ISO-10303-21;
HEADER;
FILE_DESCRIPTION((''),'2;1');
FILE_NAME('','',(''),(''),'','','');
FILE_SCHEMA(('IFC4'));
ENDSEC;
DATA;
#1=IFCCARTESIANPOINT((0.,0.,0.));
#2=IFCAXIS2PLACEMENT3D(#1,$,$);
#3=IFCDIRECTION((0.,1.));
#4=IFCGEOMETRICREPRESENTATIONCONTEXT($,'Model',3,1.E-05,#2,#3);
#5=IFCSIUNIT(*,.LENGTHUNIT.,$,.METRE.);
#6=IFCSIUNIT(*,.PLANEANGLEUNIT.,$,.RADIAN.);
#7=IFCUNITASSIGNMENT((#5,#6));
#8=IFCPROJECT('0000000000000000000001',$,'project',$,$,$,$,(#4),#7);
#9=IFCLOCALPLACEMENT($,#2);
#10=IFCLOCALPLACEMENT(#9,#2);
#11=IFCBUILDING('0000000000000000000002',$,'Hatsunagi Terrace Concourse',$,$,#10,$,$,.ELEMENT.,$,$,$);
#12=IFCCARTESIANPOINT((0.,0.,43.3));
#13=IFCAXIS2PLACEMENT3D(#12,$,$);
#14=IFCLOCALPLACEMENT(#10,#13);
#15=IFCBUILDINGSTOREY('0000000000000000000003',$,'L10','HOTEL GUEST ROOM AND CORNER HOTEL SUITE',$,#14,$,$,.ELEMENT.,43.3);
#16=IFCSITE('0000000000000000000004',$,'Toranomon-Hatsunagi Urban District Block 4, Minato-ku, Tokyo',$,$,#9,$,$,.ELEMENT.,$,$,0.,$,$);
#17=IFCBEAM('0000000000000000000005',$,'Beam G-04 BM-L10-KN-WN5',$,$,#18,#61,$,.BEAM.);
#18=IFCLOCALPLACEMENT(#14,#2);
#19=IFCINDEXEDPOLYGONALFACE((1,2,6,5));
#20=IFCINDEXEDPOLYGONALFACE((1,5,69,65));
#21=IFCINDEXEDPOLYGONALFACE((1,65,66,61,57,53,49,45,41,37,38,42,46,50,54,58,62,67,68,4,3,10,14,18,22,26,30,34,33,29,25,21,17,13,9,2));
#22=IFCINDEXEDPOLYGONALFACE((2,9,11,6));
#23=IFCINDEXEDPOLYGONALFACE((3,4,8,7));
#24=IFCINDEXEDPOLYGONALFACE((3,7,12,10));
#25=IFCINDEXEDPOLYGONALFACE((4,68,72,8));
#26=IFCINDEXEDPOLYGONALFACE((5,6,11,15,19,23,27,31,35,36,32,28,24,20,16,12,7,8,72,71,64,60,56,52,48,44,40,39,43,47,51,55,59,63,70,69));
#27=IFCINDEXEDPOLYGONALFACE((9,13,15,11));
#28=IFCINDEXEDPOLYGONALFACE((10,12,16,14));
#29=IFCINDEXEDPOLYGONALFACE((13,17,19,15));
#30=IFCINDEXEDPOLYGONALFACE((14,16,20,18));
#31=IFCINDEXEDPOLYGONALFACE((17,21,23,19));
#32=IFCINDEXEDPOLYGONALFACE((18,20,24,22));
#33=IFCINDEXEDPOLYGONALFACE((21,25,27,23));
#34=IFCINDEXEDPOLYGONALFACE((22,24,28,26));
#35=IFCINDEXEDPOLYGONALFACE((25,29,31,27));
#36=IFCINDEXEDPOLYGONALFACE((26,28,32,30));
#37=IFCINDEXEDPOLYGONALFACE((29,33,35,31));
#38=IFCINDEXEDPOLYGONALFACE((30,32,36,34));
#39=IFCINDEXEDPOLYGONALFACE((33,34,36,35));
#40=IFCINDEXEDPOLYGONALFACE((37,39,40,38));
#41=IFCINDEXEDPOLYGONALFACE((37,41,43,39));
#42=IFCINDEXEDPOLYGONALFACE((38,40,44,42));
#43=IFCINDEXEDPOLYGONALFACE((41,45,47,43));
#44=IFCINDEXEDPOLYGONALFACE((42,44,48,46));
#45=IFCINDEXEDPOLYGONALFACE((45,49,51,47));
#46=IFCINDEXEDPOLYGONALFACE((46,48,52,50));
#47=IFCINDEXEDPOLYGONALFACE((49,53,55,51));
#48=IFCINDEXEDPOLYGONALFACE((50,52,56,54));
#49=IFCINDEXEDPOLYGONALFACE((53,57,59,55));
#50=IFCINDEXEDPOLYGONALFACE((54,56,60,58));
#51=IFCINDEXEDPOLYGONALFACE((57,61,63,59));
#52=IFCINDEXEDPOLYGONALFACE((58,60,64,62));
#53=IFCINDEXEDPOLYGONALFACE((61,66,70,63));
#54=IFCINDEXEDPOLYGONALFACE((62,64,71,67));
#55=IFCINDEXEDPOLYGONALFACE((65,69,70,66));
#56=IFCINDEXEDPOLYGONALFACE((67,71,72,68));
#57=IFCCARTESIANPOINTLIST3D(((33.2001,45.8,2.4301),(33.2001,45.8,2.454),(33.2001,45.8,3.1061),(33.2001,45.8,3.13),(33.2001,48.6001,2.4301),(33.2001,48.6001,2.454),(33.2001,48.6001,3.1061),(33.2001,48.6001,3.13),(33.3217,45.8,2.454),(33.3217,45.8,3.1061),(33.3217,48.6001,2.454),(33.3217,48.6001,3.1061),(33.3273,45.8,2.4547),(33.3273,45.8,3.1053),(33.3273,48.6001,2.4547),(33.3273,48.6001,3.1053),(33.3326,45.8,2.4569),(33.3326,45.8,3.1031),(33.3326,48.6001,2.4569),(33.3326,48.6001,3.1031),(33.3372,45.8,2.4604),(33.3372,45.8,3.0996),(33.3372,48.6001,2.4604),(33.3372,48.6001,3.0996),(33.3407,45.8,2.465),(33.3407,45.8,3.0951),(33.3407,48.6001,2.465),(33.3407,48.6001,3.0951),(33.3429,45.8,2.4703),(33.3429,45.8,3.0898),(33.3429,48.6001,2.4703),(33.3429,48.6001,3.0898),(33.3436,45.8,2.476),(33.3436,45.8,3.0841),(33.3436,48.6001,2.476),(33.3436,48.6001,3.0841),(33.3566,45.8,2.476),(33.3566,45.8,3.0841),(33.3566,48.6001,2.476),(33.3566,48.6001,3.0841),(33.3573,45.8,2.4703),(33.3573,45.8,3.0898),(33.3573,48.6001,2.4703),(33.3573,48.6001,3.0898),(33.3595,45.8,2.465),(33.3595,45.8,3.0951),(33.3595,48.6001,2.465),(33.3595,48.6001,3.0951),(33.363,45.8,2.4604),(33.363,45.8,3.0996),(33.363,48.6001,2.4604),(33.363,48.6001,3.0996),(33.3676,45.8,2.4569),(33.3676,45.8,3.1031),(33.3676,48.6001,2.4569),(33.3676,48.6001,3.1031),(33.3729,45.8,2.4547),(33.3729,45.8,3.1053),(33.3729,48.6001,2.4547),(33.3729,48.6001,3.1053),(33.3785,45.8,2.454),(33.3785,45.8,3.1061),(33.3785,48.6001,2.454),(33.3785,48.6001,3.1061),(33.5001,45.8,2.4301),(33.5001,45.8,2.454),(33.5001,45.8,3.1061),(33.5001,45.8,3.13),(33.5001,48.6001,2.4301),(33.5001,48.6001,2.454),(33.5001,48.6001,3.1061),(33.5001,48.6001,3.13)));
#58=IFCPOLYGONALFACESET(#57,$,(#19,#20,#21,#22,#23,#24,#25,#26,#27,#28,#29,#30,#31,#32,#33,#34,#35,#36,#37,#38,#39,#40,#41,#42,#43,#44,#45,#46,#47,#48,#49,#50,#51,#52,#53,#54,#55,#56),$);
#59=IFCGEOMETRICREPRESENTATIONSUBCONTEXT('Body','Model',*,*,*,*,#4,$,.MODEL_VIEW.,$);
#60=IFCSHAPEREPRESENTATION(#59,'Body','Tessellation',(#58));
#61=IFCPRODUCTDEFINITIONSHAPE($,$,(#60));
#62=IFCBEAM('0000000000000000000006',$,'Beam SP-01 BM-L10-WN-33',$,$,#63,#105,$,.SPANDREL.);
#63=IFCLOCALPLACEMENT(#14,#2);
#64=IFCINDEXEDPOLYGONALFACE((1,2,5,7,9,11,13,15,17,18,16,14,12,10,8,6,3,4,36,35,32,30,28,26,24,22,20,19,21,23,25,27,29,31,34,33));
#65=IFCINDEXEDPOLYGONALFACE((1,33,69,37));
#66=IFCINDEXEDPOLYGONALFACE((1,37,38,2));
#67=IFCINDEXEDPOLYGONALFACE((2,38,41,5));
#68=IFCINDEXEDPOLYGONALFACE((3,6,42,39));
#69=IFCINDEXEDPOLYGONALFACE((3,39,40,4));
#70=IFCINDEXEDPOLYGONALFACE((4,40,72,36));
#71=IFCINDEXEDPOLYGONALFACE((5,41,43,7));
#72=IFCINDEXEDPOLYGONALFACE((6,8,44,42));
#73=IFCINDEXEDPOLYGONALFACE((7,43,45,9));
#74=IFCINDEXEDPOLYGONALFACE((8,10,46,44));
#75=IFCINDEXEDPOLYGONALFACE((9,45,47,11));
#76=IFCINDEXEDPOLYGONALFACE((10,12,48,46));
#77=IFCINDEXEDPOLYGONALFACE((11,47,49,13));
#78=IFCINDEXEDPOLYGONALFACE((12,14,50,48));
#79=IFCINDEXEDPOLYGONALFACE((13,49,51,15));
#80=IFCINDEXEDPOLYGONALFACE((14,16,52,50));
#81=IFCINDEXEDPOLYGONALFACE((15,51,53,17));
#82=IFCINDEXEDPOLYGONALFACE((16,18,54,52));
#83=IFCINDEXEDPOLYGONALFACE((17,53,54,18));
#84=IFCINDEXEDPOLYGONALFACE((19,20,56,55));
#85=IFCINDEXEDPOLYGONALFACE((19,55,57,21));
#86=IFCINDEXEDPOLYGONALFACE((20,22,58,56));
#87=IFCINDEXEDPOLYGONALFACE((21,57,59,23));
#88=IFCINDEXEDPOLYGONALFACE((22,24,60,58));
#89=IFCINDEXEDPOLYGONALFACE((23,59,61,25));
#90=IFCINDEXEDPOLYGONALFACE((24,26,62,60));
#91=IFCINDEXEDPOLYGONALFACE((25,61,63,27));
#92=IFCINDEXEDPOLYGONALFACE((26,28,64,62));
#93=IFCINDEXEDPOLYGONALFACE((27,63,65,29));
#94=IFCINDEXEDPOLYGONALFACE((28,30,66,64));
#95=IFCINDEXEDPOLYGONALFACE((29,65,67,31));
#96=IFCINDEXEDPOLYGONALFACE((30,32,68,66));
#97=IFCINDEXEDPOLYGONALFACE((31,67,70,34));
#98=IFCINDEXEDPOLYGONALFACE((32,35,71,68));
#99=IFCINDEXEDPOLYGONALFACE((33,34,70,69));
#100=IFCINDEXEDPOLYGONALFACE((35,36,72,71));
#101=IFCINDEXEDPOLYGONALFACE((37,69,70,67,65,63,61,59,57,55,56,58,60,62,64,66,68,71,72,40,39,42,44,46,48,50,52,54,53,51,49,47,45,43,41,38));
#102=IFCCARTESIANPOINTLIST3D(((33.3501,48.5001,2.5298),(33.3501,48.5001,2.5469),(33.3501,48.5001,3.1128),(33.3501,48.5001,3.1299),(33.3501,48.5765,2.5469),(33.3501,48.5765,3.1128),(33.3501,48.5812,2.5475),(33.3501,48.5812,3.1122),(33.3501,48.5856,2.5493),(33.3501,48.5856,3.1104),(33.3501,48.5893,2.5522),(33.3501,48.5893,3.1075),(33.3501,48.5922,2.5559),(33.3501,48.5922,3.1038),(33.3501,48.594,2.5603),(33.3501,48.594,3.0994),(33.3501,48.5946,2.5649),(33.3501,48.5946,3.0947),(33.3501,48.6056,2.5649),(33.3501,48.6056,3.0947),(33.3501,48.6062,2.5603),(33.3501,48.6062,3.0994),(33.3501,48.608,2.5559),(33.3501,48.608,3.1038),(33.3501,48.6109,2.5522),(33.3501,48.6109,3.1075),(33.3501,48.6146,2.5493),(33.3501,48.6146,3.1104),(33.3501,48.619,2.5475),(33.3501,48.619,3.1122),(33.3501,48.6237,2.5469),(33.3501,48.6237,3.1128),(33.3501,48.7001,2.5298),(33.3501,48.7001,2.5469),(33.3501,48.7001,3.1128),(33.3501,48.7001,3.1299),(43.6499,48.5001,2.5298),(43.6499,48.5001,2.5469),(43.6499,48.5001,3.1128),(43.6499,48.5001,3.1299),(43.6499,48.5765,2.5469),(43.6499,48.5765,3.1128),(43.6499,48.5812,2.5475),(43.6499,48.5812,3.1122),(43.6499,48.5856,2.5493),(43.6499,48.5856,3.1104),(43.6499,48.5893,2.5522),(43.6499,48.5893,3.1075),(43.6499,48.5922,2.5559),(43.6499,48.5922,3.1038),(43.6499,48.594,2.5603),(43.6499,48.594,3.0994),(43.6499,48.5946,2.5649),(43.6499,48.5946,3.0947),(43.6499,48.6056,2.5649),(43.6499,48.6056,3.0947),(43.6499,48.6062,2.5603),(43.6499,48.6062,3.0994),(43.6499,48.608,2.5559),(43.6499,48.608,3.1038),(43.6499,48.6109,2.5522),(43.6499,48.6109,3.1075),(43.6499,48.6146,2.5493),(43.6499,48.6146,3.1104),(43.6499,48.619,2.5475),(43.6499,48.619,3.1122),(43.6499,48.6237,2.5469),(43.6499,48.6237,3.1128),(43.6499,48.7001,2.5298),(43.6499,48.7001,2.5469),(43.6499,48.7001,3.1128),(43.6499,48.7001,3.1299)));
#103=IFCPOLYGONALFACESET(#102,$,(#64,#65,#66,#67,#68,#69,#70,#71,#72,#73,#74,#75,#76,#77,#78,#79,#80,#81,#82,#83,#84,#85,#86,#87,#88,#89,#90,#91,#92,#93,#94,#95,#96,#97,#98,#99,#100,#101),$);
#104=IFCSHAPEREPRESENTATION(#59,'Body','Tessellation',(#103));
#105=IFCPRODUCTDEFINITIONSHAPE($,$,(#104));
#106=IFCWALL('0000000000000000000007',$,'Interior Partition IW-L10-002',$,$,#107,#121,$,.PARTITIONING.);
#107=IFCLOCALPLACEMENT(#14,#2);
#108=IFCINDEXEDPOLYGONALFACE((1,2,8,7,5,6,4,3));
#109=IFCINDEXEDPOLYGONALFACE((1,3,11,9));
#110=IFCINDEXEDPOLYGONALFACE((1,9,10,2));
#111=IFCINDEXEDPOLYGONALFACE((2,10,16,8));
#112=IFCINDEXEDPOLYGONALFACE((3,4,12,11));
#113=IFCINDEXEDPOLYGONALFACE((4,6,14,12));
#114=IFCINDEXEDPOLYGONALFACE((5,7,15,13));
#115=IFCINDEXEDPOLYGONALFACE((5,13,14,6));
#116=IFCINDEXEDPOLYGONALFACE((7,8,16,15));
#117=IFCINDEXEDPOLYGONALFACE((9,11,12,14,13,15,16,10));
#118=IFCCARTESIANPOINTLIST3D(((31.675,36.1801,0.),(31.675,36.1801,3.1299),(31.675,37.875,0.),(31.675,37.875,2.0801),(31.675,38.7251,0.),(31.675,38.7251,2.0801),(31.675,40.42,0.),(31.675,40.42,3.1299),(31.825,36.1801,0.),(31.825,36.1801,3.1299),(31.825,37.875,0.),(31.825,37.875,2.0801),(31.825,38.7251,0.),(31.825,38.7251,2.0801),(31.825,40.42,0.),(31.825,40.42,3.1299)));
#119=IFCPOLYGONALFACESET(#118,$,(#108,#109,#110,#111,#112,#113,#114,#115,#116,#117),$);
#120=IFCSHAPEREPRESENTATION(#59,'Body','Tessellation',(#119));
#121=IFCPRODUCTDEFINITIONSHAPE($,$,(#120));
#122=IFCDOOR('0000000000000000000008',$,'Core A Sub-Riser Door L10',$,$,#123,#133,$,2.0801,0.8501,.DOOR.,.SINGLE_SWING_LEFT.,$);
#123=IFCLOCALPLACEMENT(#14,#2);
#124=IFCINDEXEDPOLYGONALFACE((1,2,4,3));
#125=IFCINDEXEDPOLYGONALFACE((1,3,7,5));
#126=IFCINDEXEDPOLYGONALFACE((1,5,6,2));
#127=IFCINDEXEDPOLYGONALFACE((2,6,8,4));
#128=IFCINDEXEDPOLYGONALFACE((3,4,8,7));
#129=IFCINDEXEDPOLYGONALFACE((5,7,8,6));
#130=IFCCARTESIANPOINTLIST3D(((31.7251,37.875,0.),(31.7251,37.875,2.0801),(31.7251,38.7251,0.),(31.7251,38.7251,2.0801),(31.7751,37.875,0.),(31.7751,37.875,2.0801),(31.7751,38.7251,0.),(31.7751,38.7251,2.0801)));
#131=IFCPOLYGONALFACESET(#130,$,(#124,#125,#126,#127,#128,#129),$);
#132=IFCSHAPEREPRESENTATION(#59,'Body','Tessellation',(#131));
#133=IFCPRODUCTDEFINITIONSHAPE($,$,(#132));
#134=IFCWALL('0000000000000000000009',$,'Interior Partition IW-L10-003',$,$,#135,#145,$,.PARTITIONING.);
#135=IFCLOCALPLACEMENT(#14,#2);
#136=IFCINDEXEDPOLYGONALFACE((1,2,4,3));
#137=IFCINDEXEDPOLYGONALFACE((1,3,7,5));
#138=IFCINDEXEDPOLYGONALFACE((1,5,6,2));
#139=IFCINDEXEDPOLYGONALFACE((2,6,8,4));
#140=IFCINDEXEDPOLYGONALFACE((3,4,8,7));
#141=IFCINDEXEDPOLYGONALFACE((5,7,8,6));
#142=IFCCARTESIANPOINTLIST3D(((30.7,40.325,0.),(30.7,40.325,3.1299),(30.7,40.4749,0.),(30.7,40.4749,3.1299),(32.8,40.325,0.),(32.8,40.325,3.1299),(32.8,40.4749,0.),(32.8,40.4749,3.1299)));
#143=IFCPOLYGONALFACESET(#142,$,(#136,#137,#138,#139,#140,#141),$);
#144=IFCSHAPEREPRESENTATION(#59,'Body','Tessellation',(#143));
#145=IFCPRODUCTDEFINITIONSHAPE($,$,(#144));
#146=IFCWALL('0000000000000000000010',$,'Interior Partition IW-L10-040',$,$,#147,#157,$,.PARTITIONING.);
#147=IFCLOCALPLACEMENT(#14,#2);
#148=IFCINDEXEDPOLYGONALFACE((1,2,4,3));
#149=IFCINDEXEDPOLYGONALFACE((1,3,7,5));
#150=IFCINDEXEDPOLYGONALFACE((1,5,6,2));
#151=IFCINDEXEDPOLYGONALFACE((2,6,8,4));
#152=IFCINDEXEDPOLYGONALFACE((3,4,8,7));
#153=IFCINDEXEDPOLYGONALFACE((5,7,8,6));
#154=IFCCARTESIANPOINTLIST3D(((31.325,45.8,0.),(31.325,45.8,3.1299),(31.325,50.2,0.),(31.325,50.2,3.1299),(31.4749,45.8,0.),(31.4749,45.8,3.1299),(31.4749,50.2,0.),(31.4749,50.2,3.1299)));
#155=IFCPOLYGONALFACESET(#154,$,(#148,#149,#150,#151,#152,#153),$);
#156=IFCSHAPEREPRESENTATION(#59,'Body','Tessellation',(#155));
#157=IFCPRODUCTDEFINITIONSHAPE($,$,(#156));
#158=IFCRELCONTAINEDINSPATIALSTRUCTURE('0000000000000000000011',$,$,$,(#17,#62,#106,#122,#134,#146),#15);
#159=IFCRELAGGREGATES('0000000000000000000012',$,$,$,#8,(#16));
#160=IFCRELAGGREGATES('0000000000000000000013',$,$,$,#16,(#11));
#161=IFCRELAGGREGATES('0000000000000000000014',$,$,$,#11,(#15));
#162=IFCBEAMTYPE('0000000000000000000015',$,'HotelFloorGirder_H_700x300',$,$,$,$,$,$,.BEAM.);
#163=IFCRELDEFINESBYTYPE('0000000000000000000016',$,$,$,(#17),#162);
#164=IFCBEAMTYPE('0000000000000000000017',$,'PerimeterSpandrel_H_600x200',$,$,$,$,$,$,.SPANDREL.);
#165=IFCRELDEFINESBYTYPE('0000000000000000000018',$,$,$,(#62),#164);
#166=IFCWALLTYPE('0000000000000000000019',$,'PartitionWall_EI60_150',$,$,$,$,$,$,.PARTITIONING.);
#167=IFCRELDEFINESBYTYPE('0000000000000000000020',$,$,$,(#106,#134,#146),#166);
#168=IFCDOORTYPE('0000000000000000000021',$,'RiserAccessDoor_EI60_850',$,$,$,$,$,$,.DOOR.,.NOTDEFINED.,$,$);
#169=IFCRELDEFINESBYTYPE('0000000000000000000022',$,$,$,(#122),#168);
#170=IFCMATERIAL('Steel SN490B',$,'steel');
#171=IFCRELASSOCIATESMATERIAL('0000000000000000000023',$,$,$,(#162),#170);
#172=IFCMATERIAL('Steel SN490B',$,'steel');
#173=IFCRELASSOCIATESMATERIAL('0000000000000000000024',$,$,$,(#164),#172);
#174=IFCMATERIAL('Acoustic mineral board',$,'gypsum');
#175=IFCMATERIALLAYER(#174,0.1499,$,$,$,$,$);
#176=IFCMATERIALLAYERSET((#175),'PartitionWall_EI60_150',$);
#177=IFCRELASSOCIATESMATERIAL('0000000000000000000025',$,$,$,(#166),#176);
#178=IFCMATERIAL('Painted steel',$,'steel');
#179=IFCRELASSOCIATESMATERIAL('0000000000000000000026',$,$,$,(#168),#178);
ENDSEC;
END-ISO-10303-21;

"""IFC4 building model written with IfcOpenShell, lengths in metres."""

from ifc_helpers import new_model, si_unit, direction, frame, frame_2d, origin, origin_2d, place, context, subcontext, project, spatial, rectangle, i_section, extrude, material, layer, layer_set, material_profile, profile_set, type_object, element, fill, save


model = new_model("IFC4")

# Units and contexts
model_context = context("Model", 3, precision=1e-05, world=origin(), true_north=direction((0.0, 1.0)))
body_context = subcontext(model_context, "Body", "Model", "MODEL_VIEW")
ifc_project = project(units=[si_unit("LENGTHUNIT", "METRE"), si_unit("PLANEANGLEUNIT", "RADIAN")], contexts=[model_context])

# Site, building, storey
site_placement = place(None, origin())
site = spatial("IfcSite", under=ifc_project, at=site_placement, Name="Toranomon-Hatsunagi Urban District Block 4, Minato-ku, Tokyo", CompositionType="ELEMENT", RefElevation=0.0)
building_placement = place(site_placement, origin())
building = spatial("IfcBuilding", under=site, at=building_placement, Name="Hatsunagi Terrace Concourse", CompositionType="ELEMENT")
storey_placement = place(building_placement, frame((0.0, 0.0, 43.3)))
storey = spatial("IfcBuildingStorey", under=building, at=storey_placement, Name="L10", Description="HOTEL GUEST ROOM AND CORNER HOTEL SUITE", CompositionType="ELEMENT", Elevation=43.3)

# Beams
ifc_material_1 = material(Name="Steel SN490B", Category="steel")
ifc_material_profile_1 = material_profile(ifc_material_1, i_section(OverallWidth=0.3, OverallDepth=0.7, WebThickness=0.0129, FlangeThickness=0.0239, FilletRadius=0.022, at=origin_2d()), Name="H-700x300x13x24")
ifc_profile_set_1 = profile_set([ifc_material_profile_1], Name="Steel SN490B")
beam_type_1 = type_object("IfcBeamType", Name="HotelFloorGirder_H_700x300", PredefinedType="BEAM", material=ifc_profile_set_1)
beam_1_placement = place(storey_placement, frame((33.3501, 45.8, 2.78), z_axis=(0.0, 1.0, 0.0), x_axis=(-1.0, 0.0, 0.0)))
element("IfcBeam", 1, at=beam_1_placement, inside=storey, type_object=beam_type_1, Name="Beam G-04 BM-L10-KN-WN5", PredefinedType="BEAM", context=body_context, shape_type="SweptSolid", body=[
    extrude(i_section(OverallWidth=0.3, OverallDepth=0.7, WebThickness=0.0129, FlangeThickness=0.0239, FilletRadius=0.022, at=origin_2d()), origin(), (0.0, 0.0, 1.0), 2.8),
])
ifc_material_2 = material(Name="Steel SN490B", Category="steel")
ifc_material_profile_2 = material_profile(ifc_material_2, i_section(OverallWidth=0.2, OverallDepth=0.6001, WebThickness=0.011, FlangeThickness=0.0171, FilletRadius=0.0181, at=origin_2d()), Name="H-600x200x11x17")
ifc_profile_set_2 = profile_set([ifc_material_profile_2], Name="Steel SN490B")
beam_type_2 = type_object("IfcBeamType", Name="PerimeterSpandrel_H_600x200", PredefinedType="SPANDREL", material=ifc_profile_set_2)
beam_2_placement = place(storey_placement, frame((33.3501, 48.6001, 2.8298), z_axis=(1.0, 0.0, 0.0), x_axis=(0.0, 1.0, 0.0)))
element("IfcBeam", 2, at=beam_2_placement, inside=storey, type_object=beam_type_2, Name="Beam SP-01 BM-L10-WN-33", PredefinedType="SPANDREL", context=body_context, shape_type="SweptSolid", body=[
    extrude(i_section(OverallWidth=0.2, OverallDepth=0.6001, WebThickness=0.011, FlangeThickness=0.0171, FilletRadius=0.0181, at=origin_2d()), origin(), (0.0, 0.0, 1.0), 10.2998),
])

# Wall, opening, door
ifc_material_3 = material(Name="Acoustic mineral board", Category="gypsum")
ifc_layer_1 = layer(ifc_material_3, 0.1499)
ifc_layer_set_1 = layer_set([ifc_layer_1], Name="PartitionWall_EI60_150")
wall_type_1 = type_object("IfcWallType", Name="PartitionWall_EI60_150", PredefinedType="PARTITIONING", material=ifc_layer_set_1)
wall_1_placement = place(storey_placement, frame((31.75, 36.1799, 0.0), z_axis=(0.0, 0.0, 1.0), x_axis=(0.0, 1.0, 0.0)))
wall_1 = element("IfcWall", 3, at=wall_1_placement, inside=storey, type_object=wall_type_1, Name="Interior Partition IW-L10-002", PredefinedType="PARTITIONING", context=body_context, shape_type="SweptSolid", body=[
    extrude(rectangle(XDim=4.24, YDim=0.1499, at=frame_2d((2.1201, 0.0))), origin(), (0.0, 0.0, 1.0), 3.1299),
])
opening_1_placement = place(wall_1_placement, frame((1.6951, 0.0, 0.0)))
opening_1 = element("IfcOpeningElement", 4, at=opening_1_placement, cuts=wall_1, PredefinedType="OPENING", context=body_context, shape_type="SweptSolid", body=[
    extrude(rectangle(XDim=0.8501, YDim=2.0801, at=frame_2d((0.425, 1.04))), frame((0.0, 0.085, 0.0), z_axis=(0.0, -1.0, 0.0), x_axis=(1.0, 0.0, 0.0)), (0.0, 0.0, 1.0), 0.1699),
])
ifc_material_4 = material(Name="Painted steel", Category="steel")
door_type_1 = type_object("IfcDoorType", Name="RiserAccessDoor_EI60_850", OperationType="NOTDEFINED", PredefinedType="DOOR", material=ifc_material_4)
door_1_placement = place(opening_1_placement, origin())
door_1 = element("IfcDoor", 5, at=door_1_placement, inside=storey, type_object=door_type_1, Name="Core A Sub-Riser Door L10", OperationType="SINGLE_SWING_LEFT", OverallHeight=2.0801, OverallWidth=0.8501, PredefinedType="DOOR", context=body_context, shape_type="SweptSolid", body=[
    extrude(rectangle(XDim=0.8501, YDim=2.0801, at=frame_2d((0.425, 1.04))), frame((0.0, 0.0249, 0.0), z_axis=(0.0, -1.0, 0.0), x_axis=(1.0, 0.0, 0.0)), (0.0, 0.0, 1.0), 0.05),
])
fill(opening_1, door_1)

# Walls
wall_2_placement = place(storey_placement, frame((30.7, 40.3999, 0.0), z_axis=(0.0, 0.0, 1.0), x_axis=(1.0, 0.0, 0.0)))
element("IfcWall", 6, at=wall_2_placement, inside=storey, type_object=wall_type_1, Name="Interior Partition IW-L10-003", PredefinedType="PARTITIONING", context=body_context, shape_type="SweptSolid", body=[
    extrude(rectangle(XDim=2.1001, YDim=0.1499, at=frame_2d((1.05, 0.0))), origin(), (0.0, 0.0, 1.0), 3.1299),
])
wall_3_placement = place(storey_placement, frame((31.3999, 45.8, 0.0), z_axis=(0.0, 0.0, 1.0), x_axis=(0.0, 1.0, 0.0)))
element("IfcWall", 7, at=wall_3_placement, inside=storey, type_object=wall_type_1, Name="Interior Partition IW-L10-040", PredefinedType="PARTITIONING", context=body_context, shape_type="SweptSolid", body=[
    extrude(rectangle(XDim=4.3999, YDim=0.1499, at=frame_2d((2.2, 0.0))), origin(), (0.0, 0.0, 1.0), 3.1299),
])

save(model, "model.ifc")
